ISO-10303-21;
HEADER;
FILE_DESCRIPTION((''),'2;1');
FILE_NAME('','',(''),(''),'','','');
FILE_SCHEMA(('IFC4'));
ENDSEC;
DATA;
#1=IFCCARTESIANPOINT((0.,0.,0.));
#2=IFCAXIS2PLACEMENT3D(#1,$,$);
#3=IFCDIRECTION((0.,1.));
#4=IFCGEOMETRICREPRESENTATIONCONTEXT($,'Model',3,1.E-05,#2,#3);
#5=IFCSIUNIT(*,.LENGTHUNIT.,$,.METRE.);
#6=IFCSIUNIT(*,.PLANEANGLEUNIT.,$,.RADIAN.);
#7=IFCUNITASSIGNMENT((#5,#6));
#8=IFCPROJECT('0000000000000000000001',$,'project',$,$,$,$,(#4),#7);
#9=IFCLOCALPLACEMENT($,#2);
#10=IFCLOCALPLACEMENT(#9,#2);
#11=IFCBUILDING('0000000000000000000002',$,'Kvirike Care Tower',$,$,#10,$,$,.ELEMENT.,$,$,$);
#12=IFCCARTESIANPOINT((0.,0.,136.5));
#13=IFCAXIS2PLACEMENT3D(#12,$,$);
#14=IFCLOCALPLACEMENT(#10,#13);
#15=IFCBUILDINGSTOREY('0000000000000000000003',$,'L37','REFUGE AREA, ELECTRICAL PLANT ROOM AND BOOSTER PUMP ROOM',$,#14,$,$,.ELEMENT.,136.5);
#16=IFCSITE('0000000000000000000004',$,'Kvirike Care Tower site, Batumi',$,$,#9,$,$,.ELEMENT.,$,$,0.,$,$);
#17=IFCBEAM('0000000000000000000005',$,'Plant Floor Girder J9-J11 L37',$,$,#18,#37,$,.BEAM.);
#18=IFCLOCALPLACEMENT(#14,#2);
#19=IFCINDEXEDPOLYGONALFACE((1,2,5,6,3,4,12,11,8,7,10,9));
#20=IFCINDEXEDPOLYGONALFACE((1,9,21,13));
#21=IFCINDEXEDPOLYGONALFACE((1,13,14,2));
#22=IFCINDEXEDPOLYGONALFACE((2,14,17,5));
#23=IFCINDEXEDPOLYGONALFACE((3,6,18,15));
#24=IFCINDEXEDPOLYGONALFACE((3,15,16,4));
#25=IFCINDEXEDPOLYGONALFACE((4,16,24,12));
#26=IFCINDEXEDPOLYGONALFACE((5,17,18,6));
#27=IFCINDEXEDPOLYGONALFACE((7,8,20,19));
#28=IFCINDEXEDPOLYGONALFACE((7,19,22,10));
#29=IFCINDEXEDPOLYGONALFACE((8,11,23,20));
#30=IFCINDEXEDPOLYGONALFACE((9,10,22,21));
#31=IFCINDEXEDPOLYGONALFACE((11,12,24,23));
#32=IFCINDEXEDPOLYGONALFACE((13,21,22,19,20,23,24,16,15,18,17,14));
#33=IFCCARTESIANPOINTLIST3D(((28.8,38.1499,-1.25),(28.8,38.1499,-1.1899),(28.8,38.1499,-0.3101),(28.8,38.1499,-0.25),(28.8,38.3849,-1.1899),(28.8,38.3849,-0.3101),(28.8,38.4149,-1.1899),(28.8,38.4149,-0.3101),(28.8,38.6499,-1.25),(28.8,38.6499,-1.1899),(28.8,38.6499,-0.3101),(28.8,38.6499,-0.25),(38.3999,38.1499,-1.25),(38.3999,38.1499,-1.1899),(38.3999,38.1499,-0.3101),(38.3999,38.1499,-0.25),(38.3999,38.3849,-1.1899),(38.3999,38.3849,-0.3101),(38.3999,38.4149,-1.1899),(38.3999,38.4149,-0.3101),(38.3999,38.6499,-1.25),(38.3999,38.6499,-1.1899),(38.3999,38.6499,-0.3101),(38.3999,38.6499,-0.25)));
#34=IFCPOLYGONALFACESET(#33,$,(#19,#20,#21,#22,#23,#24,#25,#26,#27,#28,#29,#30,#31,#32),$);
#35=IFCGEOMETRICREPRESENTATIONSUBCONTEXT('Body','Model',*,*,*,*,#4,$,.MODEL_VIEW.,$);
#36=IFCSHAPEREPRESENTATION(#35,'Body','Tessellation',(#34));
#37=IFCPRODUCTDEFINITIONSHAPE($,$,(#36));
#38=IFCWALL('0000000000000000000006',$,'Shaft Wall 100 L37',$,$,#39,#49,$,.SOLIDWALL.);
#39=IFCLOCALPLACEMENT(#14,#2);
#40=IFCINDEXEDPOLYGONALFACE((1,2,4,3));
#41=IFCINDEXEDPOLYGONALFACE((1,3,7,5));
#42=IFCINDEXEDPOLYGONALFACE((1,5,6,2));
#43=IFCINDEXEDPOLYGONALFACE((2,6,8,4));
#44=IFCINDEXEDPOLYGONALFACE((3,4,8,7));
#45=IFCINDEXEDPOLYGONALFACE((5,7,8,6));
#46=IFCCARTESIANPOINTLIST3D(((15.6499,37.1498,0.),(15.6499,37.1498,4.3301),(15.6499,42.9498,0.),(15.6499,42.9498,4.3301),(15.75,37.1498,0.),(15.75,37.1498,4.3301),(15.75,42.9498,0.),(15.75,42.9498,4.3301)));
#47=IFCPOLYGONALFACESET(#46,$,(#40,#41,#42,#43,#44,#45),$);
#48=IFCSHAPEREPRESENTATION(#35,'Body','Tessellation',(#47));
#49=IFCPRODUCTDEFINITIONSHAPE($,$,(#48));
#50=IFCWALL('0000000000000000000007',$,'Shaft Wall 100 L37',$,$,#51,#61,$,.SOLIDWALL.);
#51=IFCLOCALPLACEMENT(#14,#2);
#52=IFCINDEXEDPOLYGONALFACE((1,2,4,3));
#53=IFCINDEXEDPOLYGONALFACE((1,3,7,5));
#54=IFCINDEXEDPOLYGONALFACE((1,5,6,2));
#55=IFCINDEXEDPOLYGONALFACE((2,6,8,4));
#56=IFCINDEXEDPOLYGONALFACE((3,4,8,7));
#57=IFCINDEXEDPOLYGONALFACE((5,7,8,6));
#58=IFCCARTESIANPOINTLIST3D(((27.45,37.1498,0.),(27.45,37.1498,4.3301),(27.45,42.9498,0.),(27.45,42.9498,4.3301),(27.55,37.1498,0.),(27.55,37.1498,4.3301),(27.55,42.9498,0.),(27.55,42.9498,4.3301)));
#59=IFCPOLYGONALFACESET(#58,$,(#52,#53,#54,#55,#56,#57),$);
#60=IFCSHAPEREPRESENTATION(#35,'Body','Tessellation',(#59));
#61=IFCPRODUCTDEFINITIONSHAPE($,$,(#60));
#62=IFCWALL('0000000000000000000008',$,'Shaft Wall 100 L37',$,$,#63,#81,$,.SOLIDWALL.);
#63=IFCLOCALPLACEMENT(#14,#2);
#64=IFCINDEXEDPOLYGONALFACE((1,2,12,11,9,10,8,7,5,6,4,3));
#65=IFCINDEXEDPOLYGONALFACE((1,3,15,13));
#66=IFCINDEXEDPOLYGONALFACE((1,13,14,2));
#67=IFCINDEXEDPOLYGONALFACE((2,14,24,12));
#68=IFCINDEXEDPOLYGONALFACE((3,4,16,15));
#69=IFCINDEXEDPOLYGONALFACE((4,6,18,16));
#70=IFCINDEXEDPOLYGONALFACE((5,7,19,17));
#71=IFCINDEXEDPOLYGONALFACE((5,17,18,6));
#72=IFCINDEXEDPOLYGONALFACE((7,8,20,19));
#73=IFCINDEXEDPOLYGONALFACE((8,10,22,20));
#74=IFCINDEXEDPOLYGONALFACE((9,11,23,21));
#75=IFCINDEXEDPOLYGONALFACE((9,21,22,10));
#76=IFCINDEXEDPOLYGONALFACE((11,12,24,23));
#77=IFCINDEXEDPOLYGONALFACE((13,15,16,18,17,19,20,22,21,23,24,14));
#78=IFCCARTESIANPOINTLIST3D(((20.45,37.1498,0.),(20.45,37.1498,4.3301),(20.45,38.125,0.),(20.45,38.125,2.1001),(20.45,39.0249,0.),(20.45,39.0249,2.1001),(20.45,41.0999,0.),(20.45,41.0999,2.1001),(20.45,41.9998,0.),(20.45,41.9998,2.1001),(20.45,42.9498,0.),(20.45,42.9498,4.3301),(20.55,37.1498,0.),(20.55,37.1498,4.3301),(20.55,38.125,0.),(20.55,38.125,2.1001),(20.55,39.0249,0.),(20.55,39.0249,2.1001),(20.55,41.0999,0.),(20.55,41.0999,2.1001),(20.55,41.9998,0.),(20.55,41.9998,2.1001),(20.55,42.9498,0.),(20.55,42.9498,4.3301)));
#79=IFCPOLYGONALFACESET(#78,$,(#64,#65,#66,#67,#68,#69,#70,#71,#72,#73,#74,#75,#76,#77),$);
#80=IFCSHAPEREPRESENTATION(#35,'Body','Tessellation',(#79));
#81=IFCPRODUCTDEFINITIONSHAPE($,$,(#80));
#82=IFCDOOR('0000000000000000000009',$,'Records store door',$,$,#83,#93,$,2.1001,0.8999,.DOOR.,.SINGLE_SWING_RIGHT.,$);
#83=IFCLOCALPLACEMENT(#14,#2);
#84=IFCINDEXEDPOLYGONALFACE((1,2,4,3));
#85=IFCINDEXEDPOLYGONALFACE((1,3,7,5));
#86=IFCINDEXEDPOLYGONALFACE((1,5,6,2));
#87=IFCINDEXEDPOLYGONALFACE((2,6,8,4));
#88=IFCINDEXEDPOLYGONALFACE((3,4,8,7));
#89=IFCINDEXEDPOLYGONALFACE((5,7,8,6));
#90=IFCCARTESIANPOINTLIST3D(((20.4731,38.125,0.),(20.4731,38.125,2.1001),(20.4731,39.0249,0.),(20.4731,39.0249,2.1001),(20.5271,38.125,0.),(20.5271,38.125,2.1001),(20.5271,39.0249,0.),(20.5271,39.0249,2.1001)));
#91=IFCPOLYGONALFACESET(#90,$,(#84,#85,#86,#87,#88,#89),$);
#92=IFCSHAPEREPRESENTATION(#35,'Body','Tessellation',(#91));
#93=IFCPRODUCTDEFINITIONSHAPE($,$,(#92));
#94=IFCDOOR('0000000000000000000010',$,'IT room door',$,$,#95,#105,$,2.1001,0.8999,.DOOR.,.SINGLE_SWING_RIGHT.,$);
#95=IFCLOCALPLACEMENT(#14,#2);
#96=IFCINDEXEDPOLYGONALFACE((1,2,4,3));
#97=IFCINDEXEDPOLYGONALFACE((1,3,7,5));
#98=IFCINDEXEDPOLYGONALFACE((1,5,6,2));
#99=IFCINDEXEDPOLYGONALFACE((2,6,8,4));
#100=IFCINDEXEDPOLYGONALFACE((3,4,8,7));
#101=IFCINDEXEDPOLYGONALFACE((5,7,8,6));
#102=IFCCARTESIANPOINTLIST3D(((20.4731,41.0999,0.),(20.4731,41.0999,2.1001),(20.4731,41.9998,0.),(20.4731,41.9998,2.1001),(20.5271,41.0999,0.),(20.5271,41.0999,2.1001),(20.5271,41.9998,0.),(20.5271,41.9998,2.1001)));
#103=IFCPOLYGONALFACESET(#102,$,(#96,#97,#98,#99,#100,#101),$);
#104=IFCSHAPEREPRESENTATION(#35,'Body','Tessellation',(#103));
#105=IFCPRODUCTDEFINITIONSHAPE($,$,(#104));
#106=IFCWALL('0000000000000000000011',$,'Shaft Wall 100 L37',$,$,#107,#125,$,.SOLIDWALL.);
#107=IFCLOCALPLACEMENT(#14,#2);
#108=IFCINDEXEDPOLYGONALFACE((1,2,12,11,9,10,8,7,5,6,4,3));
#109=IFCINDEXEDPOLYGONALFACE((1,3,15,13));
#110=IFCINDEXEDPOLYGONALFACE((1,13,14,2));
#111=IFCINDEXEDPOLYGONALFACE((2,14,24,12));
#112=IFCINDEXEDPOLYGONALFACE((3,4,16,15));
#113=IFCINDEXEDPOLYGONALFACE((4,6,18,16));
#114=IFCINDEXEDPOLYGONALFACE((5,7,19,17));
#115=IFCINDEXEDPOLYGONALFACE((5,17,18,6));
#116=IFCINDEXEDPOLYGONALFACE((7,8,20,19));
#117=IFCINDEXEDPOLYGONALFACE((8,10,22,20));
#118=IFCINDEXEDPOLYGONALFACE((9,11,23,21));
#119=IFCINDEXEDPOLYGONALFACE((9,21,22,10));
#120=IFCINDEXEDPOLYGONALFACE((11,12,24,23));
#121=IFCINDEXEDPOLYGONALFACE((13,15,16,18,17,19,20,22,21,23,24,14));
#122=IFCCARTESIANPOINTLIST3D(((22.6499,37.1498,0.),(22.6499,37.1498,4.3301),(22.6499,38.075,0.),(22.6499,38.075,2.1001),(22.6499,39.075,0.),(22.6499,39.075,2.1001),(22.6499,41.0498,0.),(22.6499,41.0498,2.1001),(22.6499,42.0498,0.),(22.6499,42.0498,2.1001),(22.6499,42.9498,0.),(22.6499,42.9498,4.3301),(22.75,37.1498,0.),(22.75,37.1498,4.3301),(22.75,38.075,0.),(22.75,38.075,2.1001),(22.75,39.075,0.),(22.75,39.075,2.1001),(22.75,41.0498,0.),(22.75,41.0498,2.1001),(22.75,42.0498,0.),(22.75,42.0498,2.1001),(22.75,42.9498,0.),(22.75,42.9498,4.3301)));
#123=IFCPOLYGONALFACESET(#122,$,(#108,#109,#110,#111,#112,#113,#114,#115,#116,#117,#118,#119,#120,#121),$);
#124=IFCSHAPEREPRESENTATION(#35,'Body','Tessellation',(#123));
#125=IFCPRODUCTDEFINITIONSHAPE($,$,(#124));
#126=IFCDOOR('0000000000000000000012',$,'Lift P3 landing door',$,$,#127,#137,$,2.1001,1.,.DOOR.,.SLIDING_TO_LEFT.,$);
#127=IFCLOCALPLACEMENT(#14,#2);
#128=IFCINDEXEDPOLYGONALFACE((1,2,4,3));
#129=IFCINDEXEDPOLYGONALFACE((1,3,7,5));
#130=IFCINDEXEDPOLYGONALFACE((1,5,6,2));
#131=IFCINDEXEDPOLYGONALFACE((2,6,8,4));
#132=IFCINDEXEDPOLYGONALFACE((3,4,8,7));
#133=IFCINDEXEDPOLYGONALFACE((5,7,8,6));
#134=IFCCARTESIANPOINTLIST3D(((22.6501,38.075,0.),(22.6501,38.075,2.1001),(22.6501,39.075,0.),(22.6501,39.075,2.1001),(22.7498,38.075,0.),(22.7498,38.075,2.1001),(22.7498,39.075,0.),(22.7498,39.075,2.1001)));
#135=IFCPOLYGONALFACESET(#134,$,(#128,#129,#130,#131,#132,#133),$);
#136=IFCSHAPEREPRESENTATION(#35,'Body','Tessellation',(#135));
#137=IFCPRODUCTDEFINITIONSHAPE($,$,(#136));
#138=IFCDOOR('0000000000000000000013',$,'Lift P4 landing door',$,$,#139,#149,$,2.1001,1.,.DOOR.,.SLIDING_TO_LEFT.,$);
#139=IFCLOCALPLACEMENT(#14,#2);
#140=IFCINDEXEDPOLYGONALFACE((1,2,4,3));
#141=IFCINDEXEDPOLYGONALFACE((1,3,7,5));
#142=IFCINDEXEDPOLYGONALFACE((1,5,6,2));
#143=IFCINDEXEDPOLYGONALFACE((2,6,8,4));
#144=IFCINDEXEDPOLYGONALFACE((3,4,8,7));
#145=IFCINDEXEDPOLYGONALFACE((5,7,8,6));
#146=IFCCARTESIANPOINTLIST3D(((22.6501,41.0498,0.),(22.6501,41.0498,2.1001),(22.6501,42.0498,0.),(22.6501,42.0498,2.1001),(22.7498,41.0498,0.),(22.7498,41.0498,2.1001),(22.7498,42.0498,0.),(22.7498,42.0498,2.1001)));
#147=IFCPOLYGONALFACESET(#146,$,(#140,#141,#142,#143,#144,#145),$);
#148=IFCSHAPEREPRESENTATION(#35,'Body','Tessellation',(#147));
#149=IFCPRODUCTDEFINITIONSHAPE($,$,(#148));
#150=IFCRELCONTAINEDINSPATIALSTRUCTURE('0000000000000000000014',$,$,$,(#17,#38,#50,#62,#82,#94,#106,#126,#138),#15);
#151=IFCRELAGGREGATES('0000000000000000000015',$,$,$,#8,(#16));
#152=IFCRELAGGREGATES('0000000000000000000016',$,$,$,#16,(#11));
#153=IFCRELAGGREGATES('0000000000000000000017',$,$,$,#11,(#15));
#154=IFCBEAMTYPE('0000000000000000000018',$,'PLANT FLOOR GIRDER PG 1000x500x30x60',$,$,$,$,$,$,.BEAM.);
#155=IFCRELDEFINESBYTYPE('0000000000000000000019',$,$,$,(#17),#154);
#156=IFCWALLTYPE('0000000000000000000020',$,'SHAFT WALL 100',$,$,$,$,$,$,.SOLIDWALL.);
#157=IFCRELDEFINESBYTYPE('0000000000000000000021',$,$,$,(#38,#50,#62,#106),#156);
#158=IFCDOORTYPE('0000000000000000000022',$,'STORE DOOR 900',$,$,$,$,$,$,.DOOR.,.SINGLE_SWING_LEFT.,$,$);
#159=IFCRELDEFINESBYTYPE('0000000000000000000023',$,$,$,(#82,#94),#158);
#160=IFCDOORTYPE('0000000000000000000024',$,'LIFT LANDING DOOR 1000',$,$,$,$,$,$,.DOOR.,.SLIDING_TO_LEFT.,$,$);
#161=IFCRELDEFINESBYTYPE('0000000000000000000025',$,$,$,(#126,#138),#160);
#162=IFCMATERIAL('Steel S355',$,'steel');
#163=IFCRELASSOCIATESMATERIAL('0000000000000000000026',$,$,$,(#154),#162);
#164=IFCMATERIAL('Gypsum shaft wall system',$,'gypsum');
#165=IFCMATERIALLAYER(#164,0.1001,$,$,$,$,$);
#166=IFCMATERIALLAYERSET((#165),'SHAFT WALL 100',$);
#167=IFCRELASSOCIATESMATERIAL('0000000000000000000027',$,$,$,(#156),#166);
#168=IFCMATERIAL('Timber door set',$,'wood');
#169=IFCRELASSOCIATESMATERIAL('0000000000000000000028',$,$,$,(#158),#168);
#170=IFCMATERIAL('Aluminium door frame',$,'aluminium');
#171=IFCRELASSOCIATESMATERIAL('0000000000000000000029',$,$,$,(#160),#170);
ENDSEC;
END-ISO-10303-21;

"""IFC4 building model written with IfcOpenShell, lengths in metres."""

from ifc_helpers import new_model, si_unit, direction, frame, frame_2d, origin, origin_2d, place, context, subcontext, project, spatial, rectangle, i_section, extrude, material, layer, layer_set, material_profile, profile_set, type_object, element, fill, save


model = new_model("IFC4")

# Units and contexts
model_context = context("Model", 3, precision=1e-05, world=origin(), true_north=direction((0.0, 1.0)))
body_context = subcontext(model_context, "Body", "Model", "MODEL_VIEW")
ifc_project = project(units=[si_unit("LENGTHUNIT", "METRE"), si_unit("PLANEANGLEUNIT", "RADIAN")], contexts=[model_context])

# Site, building, storey
site_placement = place(None, origin())
site = spatial("IfcSite", under=ifc_project, at=site_placement, Name="Kvirike Care Tower site, Batumi", CompositionType="ELEMENT", RefElevation=0.0)
building_placement = place(site_placement, origin())
building = spatial("IfcBuilding", under=site, at=building_placement, Name="Kvirike Care Tower", CompositionType="ELEMENT")
storey_placement = place(building_placement, frame((0.0, 0.0, 136.5)))
storey = spatial("IfcBuildingStorey", under=building, at=storey_placement, Name="L37", Description="REFUGE AREA, ELECTRICAL PLANT ROOM AND BOOSTER PUMP ROOM", CompositionType="ELEMENT", Elevation=136.5)

# Beam
ifc_material_1 = material(Name="Steel S355", Category="steel")
ifc_material_profile = material_profile(ifc_material_1, i_section(OverallWidth=0.5, OverallDepth=1.0, WebThickness=0.03, FlangeThickness=0.0601, at=origin_2d()), Name="PG 1000x500x30x60")
ifc_profile_set = profile_set([ifc_material_profile], Name="Steel S355")
beam_type = type_object("IfcBeamType", Name="PLANT FLOOR GIRDER PG 1000x500x30x60", PredefinedType="BEAM", material=ifc_profile_set)
beam_placement = place(storey_placement, frame((28.8, 38.3999, -0.75), z_axis=(1.0, 0.0, 0.0), x_axis=(0.0, 1.0, 0.0)))
element("IfcBeam", 1, at=beam_placement, inside=storey, type_object=beam_type, Name="Plant Floor Girder J9-J11 L37", PredefinedType="BEAM", context=body_context, shape_type="SweptSolid", body=[
    extrude(i_section(OverallWidth=0.5, OverallDepth=1.0, WebThickness=0.03, FlangeThickness=0.0601, at=origin_2d()), origin(), (0.0, 0.0, 1.0), 9.5999),
])

# Walls
ifc_material_2 = material(Name="Gypsum shaft wall system", Category="gypsum")
ifc_layer = layer(ifc_material_2, 0.1001)
ifc_layer_set = layer_set([ifc_layer], Name="SHAFT WALL 100")
wall_type = type_object("IfcWallType", Name="SHAFT WALL 100", PredefinedType="SOLIDWALL", material=ifc_layer_set)
for number, where, z_axis, x_axis, name in (
    (2, (15.7, 37.1499, 0.0), (0.0, 0.0, 1.0), (0.0, 1.0, 0.0), "Shaft Wall 100 L37"),
    (3, (27.5, 37.1499, 0.0), (0.0, 0.0, 1.0), (0.0, 1.0, 0.0), "Shaft Wall 100 L37"),
):
    element("IfcWall", number, at=place(storey_placement, frame(where, z_axis=z_axis, x_axis=x_axis)), inside=storey, type_object=wall_type, Name=name, PredefinedType="SOLIDWALL", context=body_context, shape_type="SweptSolid", body=[
        extrude(rectangle(XDim=5.8, YDim=0.1001, at=frame_2d((2.8999, 0.0))), origin(), (0.0, 0.0, 1.0), 4.3301),
    ])

# Walls, openings, doors
wall_1_placement = place(storey_placement, frame((20.5, 37.1499, 0.0), z_axis=(0.0, 0.0, 1.0), x_axis=(0.0, 1.0, 0.0)))
wall_1 = element("IfcWall", 4, at=wall_1_placement, inside=storey, type_object=wall_type, Name="Shaft Wall 100 L37", PredefinedType="SOLIDWALL", context=body_context, shape_type="SweptSolid", body=[
    extrude(rectangle(XDim=5.8, YDim=0.1001, at=frame_2d((2.8999, 0.0))), origin(), (0.0, 0.0, 1.0), 4.3301),
])
opening_1_placement = place(wall_1_placement, frame((0.9751, 0.0, 0.0)))
opening_1 = element("IfcOpeningElement", 5, at=opening_1_placement, cuts=wall_1, PredefinedType="OPENING", context=body_context, shape_type="SweptSolid", body=[
    extrude(rectangle(XDim=0.8999, YDim=2.1001, at=frame_2d((0.45, 1.05))), frame((0.0, 0.0605, 0.0), z_axis=(0.0, -1.0, 0.0), x_axis=(1.0, 0.0, 0.0)), (0.0, 0.0, 1.0), 0.1211),
])
opening_2_placement = place(wall_1_placement, frame((3.95, 0.0, 0.0)))
opening_2 = element("IfcOpeningElement", 6, at=opening_2_placement, cuts=wall_1, PredefinedType="OPENING", context=body_context, shape_type="SweptSolid", body=[
    extrude(rectangle(XDim=0.8999, YDim=2.1001, at=frame_2d((0.45, 1.05))), frame((0.0, 0.0605, 0.0), z_axis=(0.0, -1.0, 0.0), x_axis=(1.0, 0.0, 0.0)), (0.0, 0.0, 1.0), 0.1211),
])
ifc_material_3 = material(Name="Timber door set", Category="wood")
door_type_1 = type_object("IfcDoorType", Name="STORE DOOR 900", OperationType="SINGLE_SWING_LEFT", PredefinedType="DOOR", material=ifc_material_3)
door_1_placement = place(opening_1_placement, origin())
door_1 = element("IfcDoor", 7, at=door_1_placement, inside=storey, type_object=door_type_1, Name="Records store door", OperationType="SINGLE_SWING_RIGHT", OverallHeight=2.1001, OverallWidth=0.8999, PredefinedType="DOOR", context=body_context, shape_type="SweptSolid", body=[
    extrude(rectangle(XDim=0.8999, YDim=2.1001, at=frame_2d((0.45, 1.05))), frame((0.0, 0.0269, 0.0), z_axis=(0.0, -1.0, 0.0), x_axis=(1.0, 0.0, 0.0)), (0.0, 0.0, 1.0), 0.054),
])
fill(opening_1, door_1)
door_2_placement = place(opening_2_placement, origin())
door_2 = element("IfcDoor", 8, at=door_2_placement, inside=storey, type_object=door_type_1, Name="IT room door", OperationType="SINGLE_SWING_RIGHT", OverallHeight=2.1001, OverallWidth=0.8999, PredefinedType="DOOR", context=body_context, shape_type="SweptSolid", body=[
    extrude(rectangle(XDim=0.8999, YDim=2.1001, at=frame_2d((0.45, 1.05))), frame((0.0, 0.0269, 0.0), z_axis=(0.0, -1.0, 0.0), x_axis=(1.0, 0.0, 0.0)), (0.0, 0.0, 1.0), 0.054),
])
fill(opening_2, door_2)
wall_2_placement = place(storey_placement, frame((22.7, 37.1499, 0.0), z_axis=(0.0, 0.0, 1.0), x_axis=(0.0, 1.0, 0.0)))
wall_2 = element("IfcWall", 9, at=wall_2_placement, inside=storey, type_object=wall_type, Name="Shaft Wall 100 L37", PredefinedType="SOLIDWALL", context=body_context, shape_type="SweptSolid", body=[
    extrude(rectangle(XDim=5.8, YDim=0.1001, at=frame_2d((2.8999, 0.0))), origin(), (0.0, 0.0, 1.0), 4.3301),
])
opening_3_placement = place(wall_2_placement, frame((0.925, 0.0, 0.0)))
opening_3 = element("IfcOpeningElement", 10, at=opening_3_placement, cuts=wall_2, PredefinedType="OPENING", context=body_context, shape_type="SweptSolid", body=[
    extrude(rectangle(XDim=1.0, YDim=2.1001, at=frame_2d((0.5, 1.05))), frame((0.0, 0.0605, 0.0), z_axis=(0.0, -1.0, 0.0), x_axis=(1.0, 0.0, 0.0)), (0.0, 0.0, 1.0), 0.1211),
])
opening_4_placement = place(wall_2_placement, frame((3.8999, 0.0, 0.0)))
opening_4 = element("IfcOpeningElement", 11, at=opening_4_placement, cuts=wall_2, PredefinedType="OPENING", context=body_context, shape_type="SweptSolid", body=[
    extrude(rectangle(XDim=1.0, YDim=2.1001, at=frame_2d((0.5, 1.05))), frame((0.0, 0.0605, 0.0), z_axis=(0.0, -1.0, 0.0), x_axis=(1.0, 0.0, 0.0)), (0.0, 0.0, 1.0), 0.1211),
])
ifc_material_4 = material(Name="Aluminium door frame", Category="aluminium")
door_type_2 = type_object("IfcDoorType", Name="LIFT LANDING DOOR 1000", OperationType="SLIDING_TO_LEFT", PredefinedType="DOOR", material=ifc_material_4)
door_3_placement = place(opening_3_placement, origin())
door_3 = element("IfcDoor", 12, at=door_3_placement, inside=storey, type_object=door_type_2, Name="Lift P3 landing door", OperationType="SLIDING_TO_LEFT", OverallHeight=2.1001, OverallWidth=1.0, PredefinedType="DOOR", context=body_context, shape_type="SweptSolid", body=[
    extrude(rectangle(XDim=1.0, YDim=2.1001, at=frame_2d((0.5, 1.05))), frame((0.0, 0.0498, 0.0), z_axis=(0.0, -1.0, 0.0), x_axis=(1.0, 0.0, 0.0)), (0.0, 0.0, 1.0), 0.0996),
])
fill(opening_3, door_3)
door_4_placement = place(opening_4_placement, origin())
door_4 = element("IfcDoor", 13, at=door_4_placement, inside=storey, type_object=door_type_2, Name="Lift P4 landing door", OperationType="SLIDING_TO_LEFT", OverallHeight=2.1001, OverallWidth=1.0, PredefinedType="DOOR", context=body_context, shape_type="SweptSolid", body=[
    extrude(rectangle(XDim=1.0, YDim=2.1001, at=frame_2d((0.5, 1.05))), frame((0.0, 0.0498, 0.0), z_axis=(0.0, -1.0, 0.0), x_axis=(1.0, 0.0, 0.0)), (0.0, 0.0, 1.0), 0.0996),
])
fill(opening_4, door_4)

save(model, "model.ifc")
